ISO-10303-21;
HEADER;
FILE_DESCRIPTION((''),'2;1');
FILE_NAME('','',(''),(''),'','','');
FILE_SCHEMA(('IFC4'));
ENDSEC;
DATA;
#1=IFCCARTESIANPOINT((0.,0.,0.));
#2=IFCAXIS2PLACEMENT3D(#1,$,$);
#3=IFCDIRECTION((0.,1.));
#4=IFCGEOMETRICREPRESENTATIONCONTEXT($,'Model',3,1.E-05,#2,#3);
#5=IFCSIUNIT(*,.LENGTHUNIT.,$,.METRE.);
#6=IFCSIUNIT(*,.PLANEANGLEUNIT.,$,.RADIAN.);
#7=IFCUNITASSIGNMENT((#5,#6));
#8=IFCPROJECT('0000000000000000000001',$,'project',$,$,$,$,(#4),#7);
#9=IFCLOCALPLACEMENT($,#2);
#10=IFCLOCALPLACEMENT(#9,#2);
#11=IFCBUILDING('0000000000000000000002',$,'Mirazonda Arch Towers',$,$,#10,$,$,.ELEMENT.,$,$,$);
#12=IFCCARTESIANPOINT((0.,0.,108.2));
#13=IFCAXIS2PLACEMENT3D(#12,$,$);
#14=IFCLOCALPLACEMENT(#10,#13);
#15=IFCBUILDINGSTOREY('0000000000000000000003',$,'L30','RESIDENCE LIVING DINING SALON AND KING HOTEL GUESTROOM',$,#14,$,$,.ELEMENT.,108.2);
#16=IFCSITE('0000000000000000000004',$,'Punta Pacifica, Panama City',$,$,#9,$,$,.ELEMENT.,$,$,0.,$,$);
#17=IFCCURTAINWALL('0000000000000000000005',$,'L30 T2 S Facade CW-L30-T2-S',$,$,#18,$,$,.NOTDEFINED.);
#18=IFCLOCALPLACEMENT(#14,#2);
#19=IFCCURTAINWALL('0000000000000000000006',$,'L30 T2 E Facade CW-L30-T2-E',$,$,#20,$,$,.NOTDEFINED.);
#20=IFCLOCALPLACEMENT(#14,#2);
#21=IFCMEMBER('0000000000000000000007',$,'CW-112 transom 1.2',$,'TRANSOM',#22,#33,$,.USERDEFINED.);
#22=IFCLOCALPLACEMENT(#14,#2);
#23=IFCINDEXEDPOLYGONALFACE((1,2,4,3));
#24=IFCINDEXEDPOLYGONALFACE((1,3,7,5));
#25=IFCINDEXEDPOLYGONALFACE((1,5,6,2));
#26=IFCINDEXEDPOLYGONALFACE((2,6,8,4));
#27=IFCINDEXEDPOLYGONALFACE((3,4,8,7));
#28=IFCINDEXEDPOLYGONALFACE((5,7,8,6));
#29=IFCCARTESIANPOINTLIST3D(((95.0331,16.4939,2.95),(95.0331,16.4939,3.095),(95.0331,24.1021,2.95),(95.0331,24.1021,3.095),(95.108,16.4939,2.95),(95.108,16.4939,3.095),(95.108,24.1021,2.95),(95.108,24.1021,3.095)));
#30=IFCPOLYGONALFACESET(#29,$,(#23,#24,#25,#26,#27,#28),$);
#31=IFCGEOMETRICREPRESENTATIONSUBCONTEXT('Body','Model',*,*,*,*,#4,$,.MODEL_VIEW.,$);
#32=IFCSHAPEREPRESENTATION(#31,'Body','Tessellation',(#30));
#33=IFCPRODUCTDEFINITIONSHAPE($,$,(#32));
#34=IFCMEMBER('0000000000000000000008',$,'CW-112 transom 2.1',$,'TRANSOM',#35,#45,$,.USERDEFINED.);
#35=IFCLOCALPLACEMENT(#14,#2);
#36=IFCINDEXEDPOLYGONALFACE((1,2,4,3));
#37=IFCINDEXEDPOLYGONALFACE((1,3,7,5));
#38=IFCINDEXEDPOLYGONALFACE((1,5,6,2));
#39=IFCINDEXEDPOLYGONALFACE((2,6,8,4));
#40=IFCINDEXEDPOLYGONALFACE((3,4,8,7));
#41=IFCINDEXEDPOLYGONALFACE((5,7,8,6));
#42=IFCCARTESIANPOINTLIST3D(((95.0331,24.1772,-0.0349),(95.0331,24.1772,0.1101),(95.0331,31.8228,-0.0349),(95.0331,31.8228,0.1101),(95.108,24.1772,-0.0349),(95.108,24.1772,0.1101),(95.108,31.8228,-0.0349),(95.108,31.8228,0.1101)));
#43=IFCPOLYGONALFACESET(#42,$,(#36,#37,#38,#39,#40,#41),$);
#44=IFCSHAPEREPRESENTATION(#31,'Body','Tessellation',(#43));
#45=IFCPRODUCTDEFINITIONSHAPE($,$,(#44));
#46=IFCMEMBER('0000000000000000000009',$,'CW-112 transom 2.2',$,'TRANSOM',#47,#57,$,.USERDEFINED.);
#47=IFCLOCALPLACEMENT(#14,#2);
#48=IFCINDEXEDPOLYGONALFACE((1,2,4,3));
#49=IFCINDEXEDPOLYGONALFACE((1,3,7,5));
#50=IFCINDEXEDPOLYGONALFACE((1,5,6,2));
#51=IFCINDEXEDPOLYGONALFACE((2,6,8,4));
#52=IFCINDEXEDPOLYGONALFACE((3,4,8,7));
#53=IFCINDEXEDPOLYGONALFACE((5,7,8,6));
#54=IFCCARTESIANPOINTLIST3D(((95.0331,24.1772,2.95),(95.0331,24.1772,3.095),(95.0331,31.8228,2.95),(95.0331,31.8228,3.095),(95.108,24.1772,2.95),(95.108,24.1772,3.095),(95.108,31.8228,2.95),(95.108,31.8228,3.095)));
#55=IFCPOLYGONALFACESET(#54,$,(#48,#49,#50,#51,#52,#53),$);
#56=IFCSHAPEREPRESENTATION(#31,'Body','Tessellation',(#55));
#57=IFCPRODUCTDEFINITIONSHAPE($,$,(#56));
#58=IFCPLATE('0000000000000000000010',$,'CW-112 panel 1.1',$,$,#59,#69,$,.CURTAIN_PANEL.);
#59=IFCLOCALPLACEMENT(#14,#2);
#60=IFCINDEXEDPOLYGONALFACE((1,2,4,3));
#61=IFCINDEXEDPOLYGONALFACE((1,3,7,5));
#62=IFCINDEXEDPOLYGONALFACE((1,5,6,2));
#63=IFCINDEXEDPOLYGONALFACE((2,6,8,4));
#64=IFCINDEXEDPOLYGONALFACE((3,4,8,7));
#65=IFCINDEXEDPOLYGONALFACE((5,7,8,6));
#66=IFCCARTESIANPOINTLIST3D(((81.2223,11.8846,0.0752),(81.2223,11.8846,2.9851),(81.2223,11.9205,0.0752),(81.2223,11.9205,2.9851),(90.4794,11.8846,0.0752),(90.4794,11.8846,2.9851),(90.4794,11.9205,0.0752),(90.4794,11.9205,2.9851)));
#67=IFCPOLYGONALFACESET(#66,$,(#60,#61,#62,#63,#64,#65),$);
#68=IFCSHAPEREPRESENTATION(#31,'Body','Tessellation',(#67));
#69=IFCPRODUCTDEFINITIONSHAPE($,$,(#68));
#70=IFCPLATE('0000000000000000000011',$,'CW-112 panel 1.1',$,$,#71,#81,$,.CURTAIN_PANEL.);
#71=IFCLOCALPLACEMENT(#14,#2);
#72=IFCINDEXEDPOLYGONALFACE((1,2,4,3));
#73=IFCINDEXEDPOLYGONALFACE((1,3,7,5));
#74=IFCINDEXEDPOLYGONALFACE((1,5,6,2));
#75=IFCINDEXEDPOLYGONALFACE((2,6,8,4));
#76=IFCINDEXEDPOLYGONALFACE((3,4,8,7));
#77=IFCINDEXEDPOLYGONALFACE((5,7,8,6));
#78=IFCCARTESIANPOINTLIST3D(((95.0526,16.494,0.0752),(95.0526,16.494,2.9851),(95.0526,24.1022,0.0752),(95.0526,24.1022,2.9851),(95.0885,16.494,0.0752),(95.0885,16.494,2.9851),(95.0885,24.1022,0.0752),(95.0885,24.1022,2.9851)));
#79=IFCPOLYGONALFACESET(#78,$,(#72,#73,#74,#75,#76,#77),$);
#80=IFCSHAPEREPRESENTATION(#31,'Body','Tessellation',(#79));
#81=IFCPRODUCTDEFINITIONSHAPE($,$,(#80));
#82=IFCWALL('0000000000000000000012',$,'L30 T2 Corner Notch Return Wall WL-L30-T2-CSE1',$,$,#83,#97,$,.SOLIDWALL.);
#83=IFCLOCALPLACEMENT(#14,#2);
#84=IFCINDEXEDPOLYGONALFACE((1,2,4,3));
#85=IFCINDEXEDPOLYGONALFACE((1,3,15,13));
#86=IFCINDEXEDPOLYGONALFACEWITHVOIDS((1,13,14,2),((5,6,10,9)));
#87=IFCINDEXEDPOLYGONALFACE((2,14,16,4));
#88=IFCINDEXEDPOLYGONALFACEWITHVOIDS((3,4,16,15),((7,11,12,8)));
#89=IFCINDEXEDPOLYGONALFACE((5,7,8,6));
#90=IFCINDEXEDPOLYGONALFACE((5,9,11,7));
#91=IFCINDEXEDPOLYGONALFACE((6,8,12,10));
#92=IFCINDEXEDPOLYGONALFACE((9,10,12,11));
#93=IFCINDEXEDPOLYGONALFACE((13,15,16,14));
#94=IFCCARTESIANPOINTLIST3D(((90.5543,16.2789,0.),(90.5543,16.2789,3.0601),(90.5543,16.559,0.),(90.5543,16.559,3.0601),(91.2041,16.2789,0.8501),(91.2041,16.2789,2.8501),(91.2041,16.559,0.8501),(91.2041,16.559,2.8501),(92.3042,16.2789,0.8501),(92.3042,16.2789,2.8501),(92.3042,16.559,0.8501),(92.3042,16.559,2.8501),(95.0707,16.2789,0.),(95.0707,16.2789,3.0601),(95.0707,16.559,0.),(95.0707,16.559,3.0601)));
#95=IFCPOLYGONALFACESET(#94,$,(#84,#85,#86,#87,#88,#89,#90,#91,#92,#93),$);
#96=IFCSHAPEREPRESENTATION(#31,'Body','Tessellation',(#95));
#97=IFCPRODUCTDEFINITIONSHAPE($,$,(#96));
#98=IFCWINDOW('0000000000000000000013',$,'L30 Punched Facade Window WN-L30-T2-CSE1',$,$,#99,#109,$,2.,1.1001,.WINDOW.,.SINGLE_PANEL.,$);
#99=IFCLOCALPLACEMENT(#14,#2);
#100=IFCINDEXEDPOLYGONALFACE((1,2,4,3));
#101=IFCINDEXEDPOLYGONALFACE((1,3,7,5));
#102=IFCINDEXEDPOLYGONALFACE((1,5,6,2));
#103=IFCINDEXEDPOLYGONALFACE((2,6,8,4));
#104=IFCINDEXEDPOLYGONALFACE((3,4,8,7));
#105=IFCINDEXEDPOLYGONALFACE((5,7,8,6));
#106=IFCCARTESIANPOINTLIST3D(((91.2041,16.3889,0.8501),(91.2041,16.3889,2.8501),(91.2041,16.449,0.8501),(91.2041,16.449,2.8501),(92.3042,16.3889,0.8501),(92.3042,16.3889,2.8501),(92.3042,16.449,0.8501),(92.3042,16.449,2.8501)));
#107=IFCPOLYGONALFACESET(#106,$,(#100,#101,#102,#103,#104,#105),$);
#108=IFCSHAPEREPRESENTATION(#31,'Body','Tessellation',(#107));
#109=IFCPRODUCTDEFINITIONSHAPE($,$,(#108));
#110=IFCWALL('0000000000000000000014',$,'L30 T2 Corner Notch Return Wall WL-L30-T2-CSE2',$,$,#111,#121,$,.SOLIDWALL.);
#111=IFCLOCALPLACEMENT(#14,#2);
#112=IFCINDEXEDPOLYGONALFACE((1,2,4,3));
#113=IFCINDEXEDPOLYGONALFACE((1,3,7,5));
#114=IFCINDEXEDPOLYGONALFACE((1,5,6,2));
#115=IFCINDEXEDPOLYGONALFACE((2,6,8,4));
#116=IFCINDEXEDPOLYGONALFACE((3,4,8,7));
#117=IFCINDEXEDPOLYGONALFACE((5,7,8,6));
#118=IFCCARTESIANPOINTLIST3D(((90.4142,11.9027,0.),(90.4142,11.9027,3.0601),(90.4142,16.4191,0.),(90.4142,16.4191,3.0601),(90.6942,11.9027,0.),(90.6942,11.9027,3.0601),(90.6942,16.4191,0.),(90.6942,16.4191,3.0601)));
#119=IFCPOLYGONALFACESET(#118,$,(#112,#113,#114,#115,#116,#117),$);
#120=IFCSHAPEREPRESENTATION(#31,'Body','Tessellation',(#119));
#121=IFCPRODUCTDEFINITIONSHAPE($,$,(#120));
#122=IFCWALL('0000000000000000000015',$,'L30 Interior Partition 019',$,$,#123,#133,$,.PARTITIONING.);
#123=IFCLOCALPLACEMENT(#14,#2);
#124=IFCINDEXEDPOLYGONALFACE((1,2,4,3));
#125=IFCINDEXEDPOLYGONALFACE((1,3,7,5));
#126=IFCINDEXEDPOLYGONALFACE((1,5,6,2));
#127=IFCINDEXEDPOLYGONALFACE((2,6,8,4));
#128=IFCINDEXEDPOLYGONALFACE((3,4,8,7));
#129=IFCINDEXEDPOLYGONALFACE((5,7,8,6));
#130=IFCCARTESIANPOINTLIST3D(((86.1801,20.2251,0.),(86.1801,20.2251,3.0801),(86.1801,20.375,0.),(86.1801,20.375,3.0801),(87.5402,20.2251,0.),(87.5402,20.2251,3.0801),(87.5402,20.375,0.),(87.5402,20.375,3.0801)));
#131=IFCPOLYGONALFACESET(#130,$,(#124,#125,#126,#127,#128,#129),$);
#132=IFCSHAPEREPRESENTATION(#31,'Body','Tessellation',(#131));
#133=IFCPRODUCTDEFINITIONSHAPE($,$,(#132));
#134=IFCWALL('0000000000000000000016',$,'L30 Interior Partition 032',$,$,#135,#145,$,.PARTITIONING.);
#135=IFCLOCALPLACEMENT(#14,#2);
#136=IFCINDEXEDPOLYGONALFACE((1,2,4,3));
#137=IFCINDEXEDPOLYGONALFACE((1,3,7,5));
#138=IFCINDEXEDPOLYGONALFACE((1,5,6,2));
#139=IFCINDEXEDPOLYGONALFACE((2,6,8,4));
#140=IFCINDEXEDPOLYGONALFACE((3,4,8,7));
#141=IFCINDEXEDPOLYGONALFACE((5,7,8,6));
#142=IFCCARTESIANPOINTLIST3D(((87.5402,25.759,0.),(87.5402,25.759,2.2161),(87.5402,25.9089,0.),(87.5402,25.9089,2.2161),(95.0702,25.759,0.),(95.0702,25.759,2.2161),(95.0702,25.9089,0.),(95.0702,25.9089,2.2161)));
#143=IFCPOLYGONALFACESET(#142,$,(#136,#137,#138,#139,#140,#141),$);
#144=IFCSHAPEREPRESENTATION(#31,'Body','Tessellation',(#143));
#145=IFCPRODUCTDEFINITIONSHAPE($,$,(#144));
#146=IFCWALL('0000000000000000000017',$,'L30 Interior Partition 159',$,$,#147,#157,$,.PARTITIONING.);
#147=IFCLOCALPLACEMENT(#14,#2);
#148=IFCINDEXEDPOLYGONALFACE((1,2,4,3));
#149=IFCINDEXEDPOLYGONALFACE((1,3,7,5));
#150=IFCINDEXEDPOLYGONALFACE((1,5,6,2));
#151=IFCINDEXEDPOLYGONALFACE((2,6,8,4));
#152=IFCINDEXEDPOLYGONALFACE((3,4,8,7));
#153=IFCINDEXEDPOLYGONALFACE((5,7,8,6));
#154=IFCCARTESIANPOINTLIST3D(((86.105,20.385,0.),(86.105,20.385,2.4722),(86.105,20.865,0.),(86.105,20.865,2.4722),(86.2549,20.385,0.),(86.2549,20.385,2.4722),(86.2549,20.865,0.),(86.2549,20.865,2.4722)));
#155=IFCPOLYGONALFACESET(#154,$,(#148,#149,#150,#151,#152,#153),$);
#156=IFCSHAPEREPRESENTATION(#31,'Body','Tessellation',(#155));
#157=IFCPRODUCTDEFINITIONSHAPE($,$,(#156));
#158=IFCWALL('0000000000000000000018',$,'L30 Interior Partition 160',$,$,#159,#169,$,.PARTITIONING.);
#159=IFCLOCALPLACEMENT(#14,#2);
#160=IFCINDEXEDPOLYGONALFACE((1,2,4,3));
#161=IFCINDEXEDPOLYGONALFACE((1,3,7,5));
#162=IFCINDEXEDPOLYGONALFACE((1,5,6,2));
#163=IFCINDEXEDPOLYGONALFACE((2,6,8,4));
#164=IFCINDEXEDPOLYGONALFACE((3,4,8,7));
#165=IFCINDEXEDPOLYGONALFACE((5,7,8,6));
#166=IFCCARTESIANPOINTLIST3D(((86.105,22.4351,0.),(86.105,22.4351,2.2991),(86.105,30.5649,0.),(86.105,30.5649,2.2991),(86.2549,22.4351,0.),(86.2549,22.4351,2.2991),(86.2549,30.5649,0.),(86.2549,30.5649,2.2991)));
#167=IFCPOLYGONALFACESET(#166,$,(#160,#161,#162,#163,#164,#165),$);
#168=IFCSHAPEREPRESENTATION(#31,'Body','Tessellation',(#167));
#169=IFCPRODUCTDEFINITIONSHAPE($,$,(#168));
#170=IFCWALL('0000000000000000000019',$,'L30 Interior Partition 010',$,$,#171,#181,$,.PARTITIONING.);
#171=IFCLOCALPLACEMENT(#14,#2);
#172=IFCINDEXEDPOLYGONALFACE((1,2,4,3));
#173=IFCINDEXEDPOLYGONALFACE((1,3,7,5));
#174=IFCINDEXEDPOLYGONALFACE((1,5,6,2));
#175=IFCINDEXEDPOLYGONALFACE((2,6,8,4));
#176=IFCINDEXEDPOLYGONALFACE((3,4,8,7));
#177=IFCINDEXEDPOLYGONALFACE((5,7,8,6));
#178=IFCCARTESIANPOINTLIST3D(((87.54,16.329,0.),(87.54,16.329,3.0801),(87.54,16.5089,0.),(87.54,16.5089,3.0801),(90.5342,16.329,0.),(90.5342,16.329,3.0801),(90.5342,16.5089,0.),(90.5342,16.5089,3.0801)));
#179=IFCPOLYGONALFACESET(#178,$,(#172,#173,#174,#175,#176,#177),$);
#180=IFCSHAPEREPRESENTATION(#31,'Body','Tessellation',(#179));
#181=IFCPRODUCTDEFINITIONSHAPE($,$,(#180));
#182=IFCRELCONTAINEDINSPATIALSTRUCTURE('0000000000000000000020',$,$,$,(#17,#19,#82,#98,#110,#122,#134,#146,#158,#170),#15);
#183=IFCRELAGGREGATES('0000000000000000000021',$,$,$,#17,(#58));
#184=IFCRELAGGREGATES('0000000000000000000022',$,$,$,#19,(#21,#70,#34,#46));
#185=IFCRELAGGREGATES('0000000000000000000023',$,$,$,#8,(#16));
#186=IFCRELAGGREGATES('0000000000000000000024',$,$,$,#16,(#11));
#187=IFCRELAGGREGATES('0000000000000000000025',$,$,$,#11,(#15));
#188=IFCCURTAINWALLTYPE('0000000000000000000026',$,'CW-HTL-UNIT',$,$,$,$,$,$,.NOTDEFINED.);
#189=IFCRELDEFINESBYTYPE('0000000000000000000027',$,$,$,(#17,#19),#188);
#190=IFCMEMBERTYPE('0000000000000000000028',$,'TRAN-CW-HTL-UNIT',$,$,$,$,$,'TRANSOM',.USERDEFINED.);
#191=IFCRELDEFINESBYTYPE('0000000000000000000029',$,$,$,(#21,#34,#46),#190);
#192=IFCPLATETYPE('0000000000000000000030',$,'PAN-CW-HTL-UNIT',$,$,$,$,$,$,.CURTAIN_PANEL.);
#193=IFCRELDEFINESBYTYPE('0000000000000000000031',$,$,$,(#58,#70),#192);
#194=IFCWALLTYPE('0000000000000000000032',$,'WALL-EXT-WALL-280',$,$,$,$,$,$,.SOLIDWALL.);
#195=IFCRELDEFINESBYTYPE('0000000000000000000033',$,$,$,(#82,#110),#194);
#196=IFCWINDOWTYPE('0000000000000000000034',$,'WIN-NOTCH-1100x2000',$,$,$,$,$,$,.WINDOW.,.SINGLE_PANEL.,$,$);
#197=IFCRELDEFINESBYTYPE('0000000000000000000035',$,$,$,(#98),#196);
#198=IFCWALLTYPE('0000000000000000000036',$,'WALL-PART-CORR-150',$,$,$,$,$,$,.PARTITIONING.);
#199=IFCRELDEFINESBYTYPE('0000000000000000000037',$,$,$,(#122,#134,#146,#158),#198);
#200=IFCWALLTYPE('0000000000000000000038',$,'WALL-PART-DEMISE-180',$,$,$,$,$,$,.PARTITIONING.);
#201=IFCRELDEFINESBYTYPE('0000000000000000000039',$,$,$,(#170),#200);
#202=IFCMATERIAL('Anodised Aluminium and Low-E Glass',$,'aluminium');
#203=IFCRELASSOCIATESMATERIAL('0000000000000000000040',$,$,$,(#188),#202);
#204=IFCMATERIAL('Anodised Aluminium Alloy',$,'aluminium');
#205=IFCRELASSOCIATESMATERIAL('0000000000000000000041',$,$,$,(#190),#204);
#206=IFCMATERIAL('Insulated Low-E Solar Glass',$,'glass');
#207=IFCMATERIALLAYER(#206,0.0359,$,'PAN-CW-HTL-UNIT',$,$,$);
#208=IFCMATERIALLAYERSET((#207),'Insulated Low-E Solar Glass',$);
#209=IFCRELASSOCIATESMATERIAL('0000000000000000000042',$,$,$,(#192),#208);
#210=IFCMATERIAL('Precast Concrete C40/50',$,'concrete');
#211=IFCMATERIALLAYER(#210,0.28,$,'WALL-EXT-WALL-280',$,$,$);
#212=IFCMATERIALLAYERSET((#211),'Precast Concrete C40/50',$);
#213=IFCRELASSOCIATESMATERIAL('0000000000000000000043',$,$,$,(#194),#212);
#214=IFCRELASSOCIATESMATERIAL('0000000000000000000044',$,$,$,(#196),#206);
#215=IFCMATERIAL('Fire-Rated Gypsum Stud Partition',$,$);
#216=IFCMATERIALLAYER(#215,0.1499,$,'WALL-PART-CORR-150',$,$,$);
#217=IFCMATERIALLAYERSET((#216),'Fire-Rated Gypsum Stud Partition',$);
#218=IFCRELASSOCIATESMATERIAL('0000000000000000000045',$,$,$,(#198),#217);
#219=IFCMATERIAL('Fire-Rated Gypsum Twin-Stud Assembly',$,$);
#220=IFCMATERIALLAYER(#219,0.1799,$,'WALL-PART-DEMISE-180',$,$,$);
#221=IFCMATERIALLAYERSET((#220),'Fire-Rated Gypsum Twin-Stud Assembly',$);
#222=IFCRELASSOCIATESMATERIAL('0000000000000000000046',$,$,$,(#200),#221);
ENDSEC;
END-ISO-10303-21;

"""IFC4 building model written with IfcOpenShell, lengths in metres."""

from ifc_helpers import new_model, si_unit, direction, frame, frame_2d, origin, origin_2d, place, context, subcontext, project, spatial, rectangle, extrude, material, layer, layer_set, material_profile, profile_set, type_object, element, fill, aggregate, save


model = new_model("IFC4")

# Units and contexts
model_context = context("Model", 3, precision=1e-05, world=origin(), true_north=direction((0.0, 1.0)))
body_context = subcontext(model_context, "Body", "Model", "MODEL_VIEW")
ifc_project = project(units=[si_unit("LENGTHUNIT", "METRE"), si_unit("PLANEANGLEUNIT", "RADIAN")], contexts=[model_context])

# Site, building, storey
site_placement = place(None, origin())
site = spatial("IfcSite", under=ifc_project, at=site_placement, Name="Punta Pacifica, Panama City", CompositionType="ELEMENT", RefElevation=0.0)
building_placement = place(site_placement, origin())
building = spatial("IfcBuilding", under=site, at=building_placement, Name="Mirazonda Arch Towers", CompositionType="ELEMENT")
storey_placement = place(building_placement, frame((0.0, 0.0, 108.2)))
storey = spatial("IfcBuildingStorey", under=building, at=storey_placement, Name="L30", Description="RESIDENCE LIVING DINING SALON AND KING HOTEL GUESTROOM", CompositionType="ELEMENT", Elevation=108.2)

# Curtain wall
ifc_material_1 = material(Name="Anodised Aluminium and Low-E Glass", Category="aluminium")
curtain_wall_type = type_object("IfcCurtainWallType", Name="CW-HTL-UNIT", PredefinedType="NOTDEFINED", material=ifc_material_1)
curtain_wall_1_placement = place(storey_placement, origin())
curtain_wall_1 = element("IfcCurtainWall", 1, at=curtain_wall_1_placement, inside=storey, type_object=curtain_wall_type, Name="L30 T2 S Facade CW-L30-T2-S", PredefinedType="NOTDEFINED")
ifc_material_2 = material(Name="Anodised Aluminium Alloy", Category="aluminium")

# Curtain wall
curtain_wall_2_placement = place(storey_placement, origin())
curtain_wall_2 = element("IfcCurtainWall", 2, at=curtain_wall_2_placement, inside=storey, type_object=curtain_wall_type, Name="L30 T2 E Facade CW-L30-T2-E", PredefinedType="NOTDEFINED")

# Members
ifc_material_profile_1 = material_profile(ifc_material_2, rectangle(XDim=0.075, YDim=0.145, at=origin_2d()), Name="ALU-TRAN-75x145")
ifc_profile_set_1 = profile_set([ifc_material_profile_1], Name="Anodised Aluminium Alloy")
member_type_1 = type_object("IfcMemberType", Name="TRAN-CW-HTL-UNIT", ElementType="TRANSOM", PredefinedType="USERDEFINED", material=ifc_profile_set_1)
member_1_placement = place(storey_placement, frame((95.0706, 16.4939, 3.0225), z_axis=(0.0, 1.0, 0.0), x_axis=(-1.0, 0.0, 0.0)))
member_1 = element("IfcMember", 3, at=member_1_placement, type_object=member_type_1, Name="CW-112 transom 1.2", ObjectType="TRANSOM", PredefinedType="USERDEFINED", context=body_context, shape_type="SweptSolid", body=[
    extrude(rectangle(XDim=0.075, YDim=0.145, at=origin_2d()), origin(), (0.0, 0.0, 1.0), 7.6082),
])
member_2_placement = place(storey_placement, frame((95.0706, 24.1772, 0.0376), z_axis=(0.0, 1.0, 0.0), x_axis=(-1.0, 0.0, 0.0)))
member_2 = element("IfcMember", 4, at=member_2_placement, type_object=member_type_1, Name="CW-112 transom 2.1", ObjectType="TRANSOM", PredefinedType="USERDEFINED", context=body_context, shape_type="SweptSolid", body=[
    extrude(rectangle(XDim=0.075, YDim=0.145, at=origin_2d()), origin(), (0.0, 0.0, 1.0), 7.6455),
])
member_3_placement = place(storey_placement, frame((95.0706, 24.1772, 3.0225), z_axis=(0.0, 1.0, 0.0), x_axis=(-1.0, 0.0, 0.0)))
member_3 = element("IfcMember", 5, at=member_3_placement, type_object=member_type_1, Name="CW-112 transom 2.2", ObjectType="TRANSOM", PredefinedType="USERDEFINED", context=body_context, shape_type="SweptSolid", body=[
    extrude(rectangle(XDim=0.075, YDim=0.145, at=origin_2d()), origin(), (0.0, 0.0, 1.0), 7.6455),
])

# Plates
ifc_material_3 = material(Name="Insulated Low-E Solar Glass", Category="glass")
ifc_layer_1 = layer(ifc_material_3, 0.0359, Name="PAN-CW-HTL-UNIT")
ifc_layer_set_1 = layer_set([ifc_layer_1], Name="Insulated Low-E Solar Glass")
plate_type = type_object("IfcPlateType", Name="PAN-CW-HTL-UNIT", PredefinedType="CURTAIN_PANEL", material=ifc_layer_set_1)
plate_1_placement = place(storey_placement, frame((85.8508, 11.9026, 0.0752), z_axis=(0.0, 0.0, 1.0), x_axis=(-1.0, 0.0, 0.0)))
plate_1 = element("IfcPlate", 6, at=plate_1_placement, type_object=plate_type, Name="CW-112 panel 1.1", PredefinedType="CURTAIN_PANEL", context=body_context, shape_type="SweptSolid", body=[
    extrude(rectangle(XDim=9.2571, YDim=0.0359, at=origin_2d()), origin(), (0.0, 0.0, 1.0), 2.9099),
])
aggregate(curtain_wall_1, [plate_1])
plate_2_placement = place(storey_placement, frame((95.0706, 20.2981, 0.0752), z_axis=(0.0, 0.0, 1.0), x_axis=(0.0, 1.0, 0.0)))
plate_2 = element("IfcPlate", 7, at=plate_2_placement, type_object=plate_type, Name="CW-112 panel 1.1", PredefinedType="CURTAIN_PANEL", context=body_context, shape_type="SweptSolid", body=[
    extrude(rectangle(XDim=7.6082, YDim=0.0359, at=origin_2d()), origin(), (0.0, 0.0, 1.0), 2.9099),
])
aggregate(curtain_wall_2, [member_1, plate_2, member_2, member_3])

# Wall, opening, window
ifc_material_4 = material(Name="Precast Concrete C40/50", Category="concrete")
ifc_layer_2 = layer(ifc_material_4, 0.28, Name="WALL-EXT-WALL-280")
ifc_layer_set_2 = layer_set([ifc_layer_2], Name="Precast Concrete C40/50")
wall_type_1 = type_object("IfcWallType", Name="WALL-EXT-WALL-280", PredefinedType="SOLIDWALL", material=ifc_layer_set_2)
wall_1_placement = place(storey_placement, frame((90.5542, 16.4189, 0.0), z_axis=(0.0, 0.0, 1.0), x_axis=(1.0, 0.0, 0.0)))
wall_1 = element("IfcWall", 8, at=wall_1_placement, inside=storey, type_object=wall_type_1, Name="L30 T2 Corner Notch Return Wall WL-L30-T2-CSE1", PredefinedType="SOLIDWALL", context=body_context, shape_type="SweptSolid", body=[
    extrude(rectangle(XDim=4.5164, YDim=0.28, at=frame_2d((2.2583, 0.0))), origin(), (0.0, 0.0, 1.0), 3.0601),
])
opening_1_placement = place(wall_1_placement, frame((0.6499, 0.0, 0.8501)))
opening_1 = element("IfcOpeningElement", 9, at=opening_1_placement, cuts=wall_1, PredefinedType="OPENING", context=body_context, shape_type="SweptSolid", body=[
    extrude(rectangle(XDim=1.1001, YDim=2.0, at=frame_2d((0.55, 1.0))), frame((0.0, 0.1499, 0.0), z_axis=(0.0, -1.0, 0.0), x_axis=(1.0, 0.0, 0.0)), (0.0, 0.0, 1.0), 0.3),
])
window_type = type_object("IfcWindowType", Name="WIN-NOTCH-1100x2000", PartitioningType="SINGLE_PANEL", PredefinedType="WINDOW", material=ifc_material_3)
window_placement = place(opening_1_placement, origin())
window = element("IfcWindow", 10, at=window_placement, inside=storey, type_object=window_type, Name="L30 Punched Facade Window WN-L30-T2-CSE1", OverallHeight=2.0, OverallWidth=1.1001, PartitioningType="SINGLE_PANEL", PredefinedType="WINDOW", context=body_context, shape_type="SweptSolid", body=[
    extrude(rectangle(XDim=1.1001, YDim=2.0, at=frame_2d((0.55, 1.0))), frame((0.0, 0.03, 0.0), z_axis=(0.0, -1.0, 0.0), x_axis=(1.0, 0.0, 0.0)), (0.0, 0.0, 1.0), 0.0601),
])
fill(opening_1, window)

# Walls
wall_2_placement = place(storey_placement, frame((90.5542, 11.9026, 0.0), z_axis=(0.0, 0.0, 1.0), x_axis=(0.0, 1.0, 0.0)))
element("IfcWall", 11, at=wall_2_placement, inside=storey, type_object=wall_type_1, Name="L30 T2 Corner Notch Return Wall WL-L30-T2-CSE2", PredefinedType="SOLIDWALL", context=body_context, shape_type="SweptSolid", body=[
    extrude(rectangle(XDim=4.5164, YDim=0.28, at=frame_2d((2.2583, 0.0))), origin(), (0.0, 0.0, 1.0), 3.0601),
])
ifc_material_5 = material(Name="Fire-Rated Gypsum Stud Partition")
ifc_layer_3 = layer(ifc_material_5, 0.1499, Name="WALL-PART-CORR-150")
ifc_layer_set_3 = layer_set([ifc_layer_3], Name="Fire-Rated Gypsum Stud Partition")
wall_type_2 = type_object("IfcWallType", Name="WALL-PART-CORR-150", PredefinedType="PARTITIONING", material=ifc_layer_set_3)
wall_3_placement = place(storey_placement, frame((86.1799, 20.3, 0.0), z_axis=(0.0, 0.0, 1.0), x_axis=(1.0, 0.0, 0.0)))
element("IfcWall", 12, at=wall_3_placement, inside=storey, type_object=wall_type_2, Name="L30 Interior Partition 019", PredefinedType="PARTITIONING", context=body_context, shape_type="SweptSolid", body=[
    extrude(rectangle(XDim=1.3601, YDim=0.1499, at=frame_2d((0.6802, 0.0))), origin(), (0.0, 0.0, 1.0), 3.0801),
])
wall_4_placement = place(storey_placement, frame((87.54, 25.834, 0.0), z_axis=(0.0, 0.0, 1.0), x_axis=(1.0, 0.0, 0.0)))
element("IfcWall", 13, at=wall_4_placement, inside=storey, type_object=wall_type_2, Name="L30 Interior Partition 032", PredefinedType="PARTITIONING", context=body_context, shape_type="SweptSolid", body=[
    extrude(rectangle(XDim=7.53, YDim=0.1499, at=frame_2d((3.7651, 0.0))), origin(), (0.0, 0.0, 1.0), 2.2161),
])
wall_5_placement = place(storey_placement, frame((86.1799, 20.385, 0.0), z_axis=(0.0, 0.0, 1.0), x_axis=(0.0, 1.0, 0.0)))
element("IfcWall", 14, at=wall_5_placement, inside=storey, type_object=wall_type_2, Name="L30 Interior Partition 159", PredefinedType="PARTITIONING", context=body_context, shape_type="SweptSolid", body=[
    extrude(rectangle(XDim=0.48, YDim=0.1499, at=frame_2d((0.24, 0.0))), origin(), (0.0, 0.0, 1.0), 2.4722),
])
wall_6_placement = place(storey_placement, frame((86.1799, 22.4351, 0.0), z_axis=(0.0, 0.0, 1.0), x_axis=(0.0, 1.0, 0.0)))
element("IfcWall", 15, at=wall_6_placement, inside=storey, type_object=wall_type_2, Name="L30 Interior Partition 160", PredefinedType="PARTITIONING", context=body_context, shape_type="SweptSolid", body=[
    extrude(rectangle(XDim=8.1299, YDim=0.1499, at=frame_2d((4.0649, 0.0))), origin(), (0.0, 0.0, 1.0), 2.2991),
])
ifc_material_6 = material(Name="Fire-Rated Gypsum Twin-Stud Assembly")
ifc_layer_4 = layer(ifc_material_6, 0.1799, Name="WALL-PART-DEMISE-180")
ifc_layer_set_4 = layer_set([ifc_layer_4], Name="Fire-Rated Gypsum Twin-Stud Assembly")
wall_type_3 = type_object("IfcWallType", Name="WALL-PART-DEMISE-180", PredefinedType="PARTITIONING", material=ifc_layer_set_4)
wall_7_placement = place(storey_placement, frame((87.54, 16.4189, 0.0), z_axis=(0.0, 0.0, 1.0), x_axis=(1.0, 0.0, 0.0)))
element("IfcWall", 16, at=wall_7_placement, inside=storey, type_object=wall_type_3, Name="L30 Interior Partition 010", PredefinedType="PARTITIONING", context=body_context, shape_type="SweptSolid", body=[
    extrude(rectangle(XDim=2.9941, YDim=0.1799, at=frame_2d((1.4971, 0.0))), origin(), (0.0, 0.0, 1.0), 3.0801),
])

save(model, "model.ifc")
